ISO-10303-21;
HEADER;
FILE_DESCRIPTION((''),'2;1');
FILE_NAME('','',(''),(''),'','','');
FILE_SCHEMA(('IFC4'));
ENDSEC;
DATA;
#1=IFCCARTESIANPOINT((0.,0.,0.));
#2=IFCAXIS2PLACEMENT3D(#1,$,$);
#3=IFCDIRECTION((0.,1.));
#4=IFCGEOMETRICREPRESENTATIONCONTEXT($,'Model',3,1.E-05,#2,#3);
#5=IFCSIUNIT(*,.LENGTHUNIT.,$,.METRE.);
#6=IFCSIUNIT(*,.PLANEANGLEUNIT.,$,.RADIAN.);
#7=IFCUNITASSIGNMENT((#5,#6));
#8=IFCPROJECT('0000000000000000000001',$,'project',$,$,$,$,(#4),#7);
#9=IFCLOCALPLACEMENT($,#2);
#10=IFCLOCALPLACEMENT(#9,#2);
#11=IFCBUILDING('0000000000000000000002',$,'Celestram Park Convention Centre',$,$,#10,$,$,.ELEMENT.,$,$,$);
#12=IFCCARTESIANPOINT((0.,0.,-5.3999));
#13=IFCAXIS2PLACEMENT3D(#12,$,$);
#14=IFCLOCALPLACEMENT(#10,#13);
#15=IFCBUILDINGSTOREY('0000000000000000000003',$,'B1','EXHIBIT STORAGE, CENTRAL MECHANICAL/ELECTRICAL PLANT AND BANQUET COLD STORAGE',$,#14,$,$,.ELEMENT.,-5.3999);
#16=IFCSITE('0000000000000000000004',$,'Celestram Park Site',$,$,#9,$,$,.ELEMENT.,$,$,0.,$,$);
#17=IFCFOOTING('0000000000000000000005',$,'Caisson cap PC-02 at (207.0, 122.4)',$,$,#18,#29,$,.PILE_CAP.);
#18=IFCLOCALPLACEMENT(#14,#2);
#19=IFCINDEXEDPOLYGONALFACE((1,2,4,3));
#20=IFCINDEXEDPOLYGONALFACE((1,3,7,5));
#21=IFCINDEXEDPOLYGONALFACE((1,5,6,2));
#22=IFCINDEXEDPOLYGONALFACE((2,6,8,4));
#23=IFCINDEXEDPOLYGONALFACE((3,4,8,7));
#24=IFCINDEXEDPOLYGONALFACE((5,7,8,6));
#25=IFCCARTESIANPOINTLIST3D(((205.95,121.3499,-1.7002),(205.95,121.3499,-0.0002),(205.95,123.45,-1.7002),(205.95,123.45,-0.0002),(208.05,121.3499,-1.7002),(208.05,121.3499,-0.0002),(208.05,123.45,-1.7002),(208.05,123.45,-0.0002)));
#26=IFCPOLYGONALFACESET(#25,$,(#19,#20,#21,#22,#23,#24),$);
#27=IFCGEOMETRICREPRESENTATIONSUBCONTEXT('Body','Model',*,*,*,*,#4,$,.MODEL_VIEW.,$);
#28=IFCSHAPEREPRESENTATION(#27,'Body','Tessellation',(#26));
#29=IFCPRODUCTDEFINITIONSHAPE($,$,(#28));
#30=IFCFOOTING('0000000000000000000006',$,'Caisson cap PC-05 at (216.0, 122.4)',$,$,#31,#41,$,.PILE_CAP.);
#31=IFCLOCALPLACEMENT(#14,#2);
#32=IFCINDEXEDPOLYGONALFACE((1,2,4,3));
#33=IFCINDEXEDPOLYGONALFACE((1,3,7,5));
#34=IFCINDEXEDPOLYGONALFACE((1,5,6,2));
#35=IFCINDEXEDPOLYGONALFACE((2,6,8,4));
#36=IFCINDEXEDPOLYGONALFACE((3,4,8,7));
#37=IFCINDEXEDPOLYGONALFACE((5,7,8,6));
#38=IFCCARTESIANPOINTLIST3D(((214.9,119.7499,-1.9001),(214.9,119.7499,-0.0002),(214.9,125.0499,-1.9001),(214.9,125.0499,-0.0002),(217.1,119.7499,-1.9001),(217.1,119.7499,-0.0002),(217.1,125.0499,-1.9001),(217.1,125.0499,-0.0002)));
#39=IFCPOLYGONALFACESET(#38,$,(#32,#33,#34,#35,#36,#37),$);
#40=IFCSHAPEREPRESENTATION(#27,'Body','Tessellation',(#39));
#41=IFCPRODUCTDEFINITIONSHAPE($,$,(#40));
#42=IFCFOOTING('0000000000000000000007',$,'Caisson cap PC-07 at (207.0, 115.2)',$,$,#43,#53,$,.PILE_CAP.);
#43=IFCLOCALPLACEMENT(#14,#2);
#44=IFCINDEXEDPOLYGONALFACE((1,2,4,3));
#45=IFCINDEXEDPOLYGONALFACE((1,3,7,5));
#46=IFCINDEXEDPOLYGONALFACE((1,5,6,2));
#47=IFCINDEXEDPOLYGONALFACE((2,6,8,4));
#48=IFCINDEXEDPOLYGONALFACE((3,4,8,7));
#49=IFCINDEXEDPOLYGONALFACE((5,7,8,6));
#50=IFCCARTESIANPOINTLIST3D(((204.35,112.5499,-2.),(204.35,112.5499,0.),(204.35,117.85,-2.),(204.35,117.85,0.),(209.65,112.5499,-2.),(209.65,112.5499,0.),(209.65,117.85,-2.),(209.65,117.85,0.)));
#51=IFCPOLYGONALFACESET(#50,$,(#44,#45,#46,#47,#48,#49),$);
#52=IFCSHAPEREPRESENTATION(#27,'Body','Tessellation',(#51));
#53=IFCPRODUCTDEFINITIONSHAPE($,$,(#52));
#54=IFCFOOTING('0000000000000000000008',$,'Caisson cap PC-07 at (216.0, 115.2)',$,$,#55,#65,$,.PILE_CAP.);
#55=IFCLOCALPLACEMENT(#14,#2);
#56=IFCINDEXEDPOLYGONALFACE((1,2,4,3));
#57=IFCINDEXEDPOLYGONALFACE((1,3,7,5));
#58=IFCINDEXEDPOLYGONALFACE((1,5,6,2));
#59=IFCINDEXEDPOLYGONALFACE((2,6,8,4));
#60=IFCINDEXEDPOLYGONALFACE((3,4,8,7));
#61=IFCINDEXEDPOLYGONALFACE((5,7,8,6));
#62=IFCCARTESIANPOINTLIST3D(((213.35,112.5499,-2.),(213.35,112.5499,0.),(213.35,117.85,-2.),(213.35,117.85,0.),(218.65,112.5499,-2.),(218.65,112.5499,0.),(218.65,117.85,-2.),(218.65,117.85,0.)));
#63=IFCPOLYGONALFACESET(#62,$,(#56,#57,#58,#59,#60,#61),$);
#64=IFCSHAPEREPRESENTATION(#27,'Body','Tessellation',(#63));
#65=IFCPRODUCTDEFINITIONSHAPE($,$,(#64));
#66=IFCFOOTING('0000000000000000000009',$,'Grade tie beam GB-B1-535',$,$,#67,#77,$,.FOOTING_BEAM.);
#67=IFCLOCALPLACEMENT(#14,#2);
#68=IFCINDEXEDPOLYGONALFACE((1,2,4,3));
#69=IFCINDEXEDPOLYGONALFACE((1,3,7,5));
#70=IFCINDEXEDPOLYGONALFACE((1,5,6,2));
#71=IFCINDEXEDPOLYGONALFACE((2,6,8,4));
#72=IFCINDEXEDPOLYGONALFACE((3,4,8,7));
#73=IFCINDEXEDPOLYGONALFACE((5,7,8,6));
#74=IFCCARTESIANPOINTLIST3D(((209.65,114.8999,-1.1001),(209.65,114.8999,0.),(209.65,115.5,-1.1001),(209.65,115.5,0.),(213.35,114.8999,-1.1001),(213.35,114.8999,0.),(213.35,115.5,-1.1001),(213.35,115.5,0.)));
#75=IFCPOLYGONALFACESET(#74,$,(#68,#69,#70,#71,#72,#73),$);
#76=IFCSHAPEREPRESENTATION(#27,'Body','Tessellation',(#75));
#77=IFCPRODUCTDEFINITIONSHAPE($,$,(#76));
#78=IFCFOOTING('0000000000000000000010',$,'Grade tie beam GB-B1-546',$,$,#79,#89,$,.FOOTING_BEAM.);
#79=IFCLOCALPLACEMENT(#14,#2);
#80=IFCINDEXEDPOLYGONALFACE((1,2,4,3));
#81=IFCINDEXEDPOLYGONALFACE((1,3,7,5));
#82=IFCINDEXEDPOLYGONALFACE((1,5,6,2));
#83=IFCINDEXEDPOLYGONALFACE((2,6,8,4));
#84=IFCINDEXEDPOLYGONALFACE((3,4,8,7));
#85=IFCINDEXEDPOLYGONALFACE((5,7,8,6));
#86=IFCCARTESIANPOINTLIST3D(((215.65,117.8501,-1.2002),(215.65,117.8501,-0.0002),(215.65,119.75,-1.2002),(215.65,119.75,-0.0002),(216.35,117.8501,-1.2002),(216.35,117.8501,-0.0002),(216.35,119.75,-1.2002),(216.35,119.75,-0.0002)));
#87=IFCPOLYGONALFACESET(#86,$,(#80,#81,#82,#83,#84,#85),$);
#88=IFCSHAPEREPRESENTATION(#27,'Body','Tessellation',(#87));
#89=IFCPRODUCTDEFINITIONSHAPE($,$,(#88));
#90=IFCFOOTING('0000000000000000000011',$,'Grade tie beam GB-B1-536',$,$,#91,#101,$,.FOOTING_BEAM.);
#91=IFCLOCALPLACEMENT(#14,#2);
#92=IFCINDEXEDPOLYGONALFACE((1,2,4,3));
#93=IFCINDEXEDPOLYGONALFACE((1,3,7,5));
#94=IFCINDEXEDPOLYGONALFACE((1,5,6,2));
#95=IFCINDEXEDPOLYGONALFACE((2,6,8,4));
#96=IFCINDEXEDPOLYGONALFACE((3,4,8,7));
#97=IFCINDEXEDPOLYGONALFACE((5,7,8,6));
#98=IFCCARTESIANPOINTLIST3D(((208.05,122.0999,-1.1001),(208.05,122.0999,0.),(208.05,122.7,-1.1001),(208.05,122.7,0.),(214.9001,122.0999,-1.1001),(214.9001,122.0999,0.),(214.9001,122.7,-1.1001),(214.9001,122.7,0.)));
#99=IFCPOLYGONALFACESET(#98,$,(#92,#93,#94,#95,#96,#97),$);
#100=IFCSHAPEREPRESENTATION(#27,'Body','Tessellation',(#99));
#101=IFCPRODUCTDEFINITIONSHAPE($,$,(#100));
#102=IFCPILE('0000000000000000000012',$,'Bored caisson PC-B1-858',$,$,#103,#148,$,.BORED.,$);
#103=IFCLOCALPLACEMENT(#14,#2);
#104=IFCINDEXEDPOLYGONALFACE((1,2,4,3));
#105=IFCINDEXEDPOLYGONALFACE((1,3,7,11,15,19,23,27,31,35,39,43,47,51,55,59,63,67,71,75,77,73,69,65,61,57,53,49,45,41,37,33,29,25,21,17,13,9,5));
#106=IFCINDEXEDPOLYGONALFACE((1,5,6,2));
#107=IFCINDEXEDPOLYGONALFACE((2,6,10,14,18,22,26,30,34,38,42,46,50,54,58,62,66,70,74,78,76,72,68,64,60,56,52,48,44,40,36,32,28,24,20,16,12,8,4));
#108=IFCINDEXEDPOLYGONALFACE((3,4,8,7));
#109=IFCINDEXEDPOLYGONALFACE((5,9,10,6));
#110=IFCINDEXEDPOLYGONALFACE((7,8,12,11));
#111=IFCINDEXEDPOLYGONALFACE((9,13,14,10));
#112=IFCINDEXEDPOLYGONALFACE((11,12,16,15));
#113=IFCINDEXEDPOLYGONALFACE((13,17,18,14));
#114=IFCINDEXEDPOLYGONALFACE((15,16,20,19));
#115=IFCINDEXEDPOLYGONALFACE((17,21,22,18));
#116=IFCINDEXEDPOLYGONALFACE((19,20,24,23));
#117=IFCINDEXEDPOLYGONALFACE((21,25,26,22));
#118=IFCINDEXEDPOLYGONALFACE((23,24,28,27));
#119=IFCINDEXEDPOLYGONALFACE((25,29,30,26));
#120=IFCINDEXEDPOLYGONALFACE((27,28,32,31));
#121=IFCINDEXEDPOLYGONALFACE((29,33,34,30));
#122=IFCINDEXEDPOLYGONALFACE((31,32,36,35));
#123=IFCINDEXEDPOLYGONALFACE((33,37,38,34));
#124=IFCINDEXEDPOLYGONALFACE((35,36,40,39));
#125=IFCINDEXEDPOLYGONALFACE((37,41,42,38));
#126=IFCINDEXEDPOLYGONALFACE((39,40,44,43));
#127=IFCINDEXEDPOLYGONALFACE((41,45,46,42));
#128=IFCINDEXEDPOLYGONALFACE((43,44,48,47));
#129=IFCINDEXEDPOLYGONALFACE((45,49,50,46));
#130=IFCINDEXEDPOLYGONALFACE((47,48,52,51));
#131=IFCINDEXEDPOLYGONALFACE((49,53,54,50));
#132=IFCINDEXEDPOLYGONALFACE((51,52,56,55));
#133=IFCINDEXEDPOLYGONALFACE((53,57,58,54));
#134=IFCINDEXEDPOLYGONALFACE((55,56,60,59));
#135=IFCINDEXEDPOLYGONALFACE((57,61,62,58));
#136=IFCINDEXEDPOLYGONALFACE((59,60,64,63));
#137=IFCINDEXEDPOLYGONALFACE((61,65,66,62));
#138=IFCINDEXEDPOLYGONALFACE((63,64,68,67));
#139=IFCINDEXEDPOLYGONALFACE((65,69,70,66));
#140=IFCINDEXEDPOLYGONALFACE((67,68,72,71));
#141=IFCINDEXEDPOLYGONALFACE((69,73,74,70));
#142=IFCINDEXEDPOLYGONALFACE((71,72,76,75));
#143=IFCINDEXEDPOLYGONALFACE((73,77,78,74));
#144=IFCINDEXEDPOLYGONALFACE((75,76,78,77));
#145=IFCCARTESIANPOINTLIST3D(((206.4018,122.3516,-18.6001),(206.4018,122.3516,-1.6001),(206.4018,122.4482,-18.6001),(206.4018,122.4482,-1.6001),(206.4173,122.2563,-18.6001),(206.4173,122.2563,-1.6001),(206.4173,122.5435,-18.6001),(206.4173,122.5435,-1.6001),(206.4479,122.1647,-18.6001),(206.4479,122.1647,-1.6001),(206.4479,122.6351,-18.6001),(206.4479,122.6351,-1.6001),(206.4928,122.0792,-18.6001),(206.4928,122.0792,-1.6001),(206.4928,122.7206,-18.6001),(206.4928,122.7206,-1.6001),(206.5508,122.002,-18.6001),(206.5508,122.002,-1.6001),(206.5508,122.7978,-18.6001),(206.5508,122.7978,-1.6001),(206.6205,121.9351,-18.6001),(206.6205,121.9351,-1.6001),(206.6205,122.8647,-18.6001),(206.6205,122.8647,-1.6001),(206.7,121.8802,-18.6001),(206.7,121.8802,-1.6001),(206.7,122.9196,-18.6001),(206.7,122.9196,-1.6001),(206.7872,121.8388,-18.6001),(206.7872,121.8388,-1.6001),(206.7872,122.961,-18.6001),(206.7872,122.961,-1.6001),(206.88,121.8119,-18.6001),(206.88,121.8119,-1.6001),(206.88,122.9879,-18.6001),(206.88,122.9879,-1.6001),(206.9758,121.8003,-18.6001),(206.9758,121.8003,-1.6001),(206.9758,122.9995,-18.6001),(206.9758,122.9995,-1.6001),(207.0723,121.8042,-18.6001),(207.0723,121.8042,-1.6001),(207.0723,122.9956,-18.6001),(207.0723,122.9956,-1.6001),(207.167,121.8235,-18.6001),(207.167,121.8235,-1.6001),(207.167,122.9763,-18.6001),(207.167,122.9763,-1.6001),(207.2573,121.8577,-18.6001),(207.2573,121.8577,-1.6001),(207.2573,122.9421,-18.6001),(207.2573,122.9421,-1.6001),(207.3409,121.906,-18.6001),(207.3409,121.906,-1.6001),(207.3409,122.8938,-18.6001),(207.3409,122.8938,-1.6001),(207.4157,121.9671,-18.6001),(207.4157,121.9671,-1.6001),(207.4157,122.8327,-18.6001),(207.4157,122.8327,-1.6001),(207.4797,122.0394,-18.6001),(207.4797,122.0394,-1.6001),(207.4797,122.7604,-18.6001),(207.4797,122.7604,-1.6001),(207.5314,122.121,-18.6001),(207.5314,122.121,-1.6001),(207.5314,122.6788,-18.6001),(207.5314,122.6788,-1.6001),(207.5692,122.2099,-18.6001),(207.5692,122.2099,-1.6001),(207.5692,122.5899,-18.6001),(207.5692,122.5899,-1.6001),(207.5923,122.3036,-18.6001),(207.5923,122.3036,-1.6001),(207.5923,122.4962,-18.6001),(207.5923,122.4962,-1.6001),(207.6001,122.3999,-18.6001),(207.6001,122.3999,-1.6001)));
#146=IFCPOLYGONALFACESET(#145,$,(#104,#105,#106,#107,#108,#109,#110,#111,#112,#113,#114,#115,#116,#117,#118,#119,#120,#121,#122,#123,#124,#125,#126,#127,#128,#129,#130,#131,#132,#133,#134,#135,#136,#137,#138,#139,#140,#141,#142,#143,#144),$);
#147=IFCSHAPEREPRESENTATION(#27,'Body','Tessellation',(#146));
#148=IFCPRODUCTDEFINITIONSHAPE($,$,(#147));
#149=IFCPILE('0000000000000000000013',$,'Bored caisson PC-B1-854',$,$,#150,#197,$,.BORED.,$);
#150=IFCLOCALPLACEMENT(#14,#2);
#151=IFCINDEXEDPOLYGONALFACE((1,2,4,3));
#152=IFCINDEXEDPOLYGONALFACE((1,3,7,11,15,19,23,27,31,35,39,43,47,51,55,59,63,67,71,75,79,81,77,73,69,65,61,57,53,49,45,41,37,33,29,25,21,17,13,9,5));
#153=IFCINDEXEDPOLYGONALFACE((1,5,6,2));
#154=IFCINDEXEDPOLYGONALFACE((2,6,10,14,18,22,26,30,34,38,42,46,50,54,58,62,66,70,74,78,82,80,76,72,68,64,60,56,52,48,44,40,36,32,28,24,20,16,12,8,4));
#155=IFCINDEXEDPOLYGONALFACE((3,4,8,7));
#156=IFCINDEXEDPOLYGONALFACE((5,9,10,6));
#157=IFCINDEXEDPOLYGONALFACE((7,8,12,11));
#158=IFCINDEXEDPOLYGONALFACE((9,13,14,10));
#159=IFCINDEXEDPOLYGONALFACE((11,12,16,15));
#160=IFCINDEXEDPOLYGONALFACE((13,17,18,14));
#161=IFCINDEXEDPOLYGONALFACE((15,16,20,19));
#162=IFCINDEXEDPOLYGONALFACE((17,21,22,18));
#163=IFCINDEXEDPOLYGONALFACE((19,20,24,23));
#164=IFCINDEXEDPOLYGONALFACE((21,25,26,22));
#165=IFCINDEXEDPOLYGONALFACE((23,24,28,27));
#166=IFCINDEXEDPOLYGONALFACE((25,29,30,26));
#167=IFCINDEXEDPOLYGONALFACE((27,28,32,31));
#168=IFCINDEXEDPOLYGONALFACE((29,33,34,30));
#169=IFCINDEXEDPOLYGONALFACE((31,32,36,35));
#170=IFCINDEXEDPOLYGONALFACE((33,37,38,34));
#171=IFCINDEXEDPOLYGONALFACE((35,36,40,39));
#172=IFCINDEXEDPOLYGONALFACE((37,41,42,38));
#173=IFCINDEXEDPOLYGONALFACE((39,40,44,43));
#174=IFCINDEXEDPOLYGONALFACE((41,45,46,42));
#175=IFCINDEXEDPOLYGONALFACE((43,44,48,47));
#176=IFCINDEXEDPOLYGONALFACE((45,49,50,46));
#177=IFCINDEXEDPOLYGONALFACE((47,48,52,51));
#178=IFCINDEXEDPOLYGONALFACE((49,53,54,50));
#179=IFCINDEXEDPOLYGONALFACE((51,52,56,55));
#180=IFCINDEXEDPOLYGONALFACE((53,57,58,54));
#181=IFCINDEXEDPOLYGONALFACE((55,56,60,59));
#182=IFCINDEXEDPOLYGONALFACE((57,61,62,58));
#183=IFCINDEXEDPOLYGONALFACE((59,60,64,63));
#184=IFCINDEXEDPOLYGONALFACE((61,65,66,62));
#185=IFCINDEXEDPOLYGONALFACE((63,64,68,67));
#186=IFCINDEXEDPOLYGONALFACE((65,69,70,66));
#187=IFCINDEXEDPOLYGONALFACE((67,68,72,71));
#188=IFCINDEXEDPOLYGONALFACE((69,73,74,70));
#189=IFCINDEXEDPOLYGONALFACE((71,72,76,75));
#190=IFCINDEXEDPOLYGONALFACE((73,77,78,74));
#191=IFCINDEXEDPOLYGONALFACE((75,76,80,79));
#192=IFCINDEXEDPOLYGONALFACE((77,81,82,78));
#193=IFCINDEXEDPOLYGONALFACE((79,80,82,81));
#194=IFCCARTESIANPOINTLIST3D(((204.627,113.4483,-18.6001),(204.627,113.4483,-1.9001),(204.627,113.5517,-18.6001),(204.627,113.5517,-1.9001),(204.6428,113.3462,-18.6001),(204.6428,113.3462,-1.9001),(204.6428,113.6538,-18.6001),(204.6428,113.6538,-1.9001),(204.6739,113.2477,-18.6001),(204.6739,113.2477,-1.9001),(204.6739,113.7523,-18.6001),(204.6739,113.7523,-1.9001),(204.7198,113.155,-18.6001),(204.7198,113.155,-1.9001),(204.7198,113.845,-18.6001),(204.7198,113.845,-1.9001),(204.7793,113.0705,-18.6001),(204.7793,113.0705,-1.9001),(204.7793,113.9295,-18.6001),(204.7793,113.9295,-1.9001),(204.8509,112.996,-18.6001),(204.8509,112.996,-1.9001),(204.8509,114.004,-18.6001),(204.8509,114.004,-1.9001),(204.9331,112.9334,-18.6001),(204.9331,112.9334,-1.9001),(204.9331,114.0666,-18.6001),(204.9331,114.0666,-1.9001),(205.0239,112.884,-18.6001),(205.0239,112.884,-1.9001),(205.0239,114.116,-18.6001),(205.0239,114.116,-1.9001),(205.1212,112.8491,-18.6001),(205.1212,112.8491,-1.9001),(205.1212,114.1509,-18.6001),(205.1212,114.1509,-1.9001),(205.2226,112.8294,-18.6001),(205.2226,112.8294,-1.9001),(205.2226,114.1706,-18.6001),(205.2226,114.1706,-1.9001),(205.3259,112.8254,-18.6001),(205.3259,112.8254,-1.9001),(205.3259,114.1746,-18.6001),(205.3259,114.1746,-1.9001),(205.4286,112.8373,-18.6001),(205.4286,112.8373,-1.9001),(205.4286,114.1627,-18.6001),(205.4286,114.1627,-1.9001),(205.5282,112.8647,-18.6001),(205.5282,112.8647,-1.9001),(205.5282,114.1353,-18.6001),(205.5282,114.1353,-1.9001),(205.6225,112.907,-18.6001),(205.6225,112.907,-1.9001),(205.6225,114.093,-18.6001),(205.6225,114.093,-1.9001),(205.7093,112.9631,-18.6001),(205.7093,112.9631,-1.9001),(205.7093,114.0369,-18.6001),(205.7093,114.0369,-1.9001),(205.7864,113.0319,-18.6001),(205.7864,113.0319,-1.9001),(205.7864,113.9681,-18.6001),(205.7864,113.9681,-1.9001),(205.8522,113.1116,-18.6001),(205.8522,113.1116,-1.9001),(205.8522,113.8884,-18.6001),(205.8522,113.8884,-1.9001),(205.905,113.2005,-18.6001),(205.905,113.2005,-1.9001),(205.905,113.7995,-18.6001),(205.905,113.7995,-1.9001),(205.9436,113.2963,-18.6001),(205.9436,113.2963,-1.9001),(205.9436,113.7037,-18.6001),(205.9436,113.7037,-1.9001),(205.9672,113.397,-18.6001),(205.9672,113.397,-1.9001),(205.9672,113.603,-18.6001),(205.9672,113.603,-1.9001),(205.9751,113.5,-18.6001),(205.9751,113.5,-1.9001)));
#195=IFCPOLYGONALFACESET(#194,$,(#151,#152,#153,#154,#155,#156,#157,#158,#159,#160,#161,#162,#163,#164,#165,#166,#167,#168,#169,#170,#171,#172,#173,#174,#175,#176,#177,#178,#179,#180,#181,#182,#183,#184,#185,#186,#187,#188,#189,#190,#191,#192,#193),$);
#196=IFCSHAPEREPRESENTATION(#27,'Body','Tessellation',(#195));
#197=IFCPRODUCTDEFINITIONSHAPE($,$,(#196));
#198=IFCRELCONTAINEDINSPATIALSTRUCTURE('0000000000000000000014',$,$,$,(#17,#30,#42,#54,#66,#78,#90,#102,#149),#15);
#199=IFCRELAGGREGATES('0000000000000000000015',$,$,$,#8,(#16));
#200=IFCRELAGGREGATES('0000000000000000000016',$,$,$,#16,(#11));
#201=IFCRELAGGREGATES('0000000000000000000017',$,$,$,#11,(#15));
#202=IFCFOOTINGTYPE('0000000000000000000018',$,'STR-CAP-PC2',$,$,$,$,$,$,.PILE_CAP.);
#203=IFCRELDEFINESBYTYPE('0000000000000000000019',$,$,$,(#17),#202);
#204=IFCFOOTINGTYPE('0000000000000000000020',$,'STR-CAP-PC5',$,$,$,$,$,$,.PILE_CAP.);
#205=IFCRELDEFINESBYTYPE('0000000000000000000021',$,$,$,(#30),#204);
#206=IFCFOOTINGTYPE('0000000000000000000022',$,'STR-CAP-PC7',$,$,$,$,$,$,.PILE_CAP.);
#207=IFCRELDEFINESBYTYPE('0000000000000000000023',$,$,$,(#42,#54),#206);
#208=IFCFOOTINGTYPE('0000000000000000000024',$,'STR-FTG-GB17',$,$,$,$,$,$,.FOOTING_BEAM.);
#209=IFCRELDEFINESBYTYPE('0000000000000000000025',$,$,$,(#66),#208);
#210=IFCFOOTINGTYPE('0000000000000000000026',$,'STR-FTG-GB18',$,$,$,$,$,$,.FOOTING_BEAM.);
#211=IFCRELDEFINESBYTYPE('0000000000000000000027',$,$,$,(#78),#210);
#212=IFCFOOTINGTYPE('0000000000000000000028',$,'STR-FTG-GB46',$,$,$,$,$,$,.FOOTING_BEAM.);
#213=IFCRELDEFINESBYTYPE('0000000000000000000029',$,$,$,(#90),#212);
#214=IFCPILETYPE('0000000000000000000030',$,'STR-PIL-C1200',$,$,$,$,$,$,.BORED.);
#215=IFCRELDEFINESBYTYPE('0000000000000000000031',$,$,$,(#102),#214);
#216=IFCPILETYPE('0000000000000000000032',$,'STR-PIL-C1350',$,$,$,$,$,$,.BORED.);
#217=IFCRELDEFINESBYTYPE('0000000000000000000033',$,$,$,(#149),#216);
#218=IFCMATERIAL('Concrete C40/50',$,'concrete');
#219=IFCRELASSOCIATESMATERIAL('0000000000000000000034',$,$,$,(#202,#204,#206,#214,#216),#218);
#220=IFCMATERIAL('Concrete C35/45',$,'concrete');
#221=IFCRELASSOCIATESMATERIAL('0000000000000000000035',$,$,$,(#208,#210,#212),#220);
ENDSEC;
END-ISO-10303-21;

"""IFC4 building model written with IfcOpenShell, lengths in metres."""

from ifc_helpers import new_model, si_unit, direction, frame, origin, origin_2d, place, context, subcontext, project, spatial, rectangle, circle, extrude, material, material_profile, profile_set, type_object, element, save


model = new_model("IFC4")

# Units and contexts
model_context = context("Model", 3, precision=1e-05, world=origin(), true_north=direction((0.0, 1.0)))
body_context = subcontext(model_context, "Body", "Model", "MODEL_VIEW")
ifc_project = project(units=[si_unit("LENGTHUNIT", "METRE"), si_unit("PLANEANGLEUNIT", "RADIAN")], contexts=[model_context])

# Site, building, storey
site_placement = place(None, origin())
site = spatial("IfcSite", under=ifc_project, at=site_placement, Name="Celestram Park Site", CompositionType="ELEMENT", RefElevation=0.0)
building_placement = place(site_placement, origin())
building = spatial("IfcBuilding", under=site, at=building_placement, Name="Celestram Park Convention Centre", CompositionType="ELEMENT")
storey_placement = place(building_placement, frame((0.0, 0.0, -5.3999)))
storey = spatial("IfcBuildingStorey", under=building, at=storey_placement, Name="B1", Description="EXHIBIT STORAGE, CENTRAL MECHANICAL/ELECTRICAL PLANT AND BANQUET COLD STORAGE", CompositionType="ELEMENT", Elevation=-5.3999)

# Footings
ifc_material_1 = material(Name="Concrete C40/50", Category="concrete")
footing_type_1 = type_object("IfcFootingType", Name="STR-CAP-PC2", PredefinedType="PILE_CAP", material=ifc_material_1)
footing_1_placement = place(storey_placement, frame((207.0, 122.3999, -1.7002), z_axis=(0.0, 0.0, 1.0), x_axis=(1.0, 0.0, 0.0)))
element("IfcFooting", 1, at=footing_1_placement, inside=storey, type_object=footing_type_1, Name="Caisson cap PC-02 at (207.0, 122.4)", PredefinedType="PILE_CAP", context=body_context, shape_type="SweptSolid", body=[
    extrude(rectangle(XDim=2.1001, YDim=2.1001, at=origin_2d()), origin(), (0.0, 0.0, 1.0), 1.7),
])
footing_type_2 = type_object("IfcFootingType", Name="STR-CAP-PC5", PredefinedType="PILE_CAP", material=ifc_material_1)
footing_2_placement = place(storey_placement, frame((216.0, 122.3999, -1.9001), z_axis=(0.0, 0.0, 1.0), x_axis=(1.0, 0.0, 0.0)))
element("IfcFooting", 2, at=footing_2_placement, inside=storey, type_object=footing_type_2, Name="Caisson cap PC-05 at (216.0, 122.4)", PredefinedType="PILE_CAP", context=body_context, shape_type="SweptSolid", body=[
    extrude(rectangle(XDim=2.2, YDim=5.3, at=origin_2d()), origin(), (0.0, 0.0, 1.0), 1.8999),
])
footing_type_3 = type_object("IfcFootingType", Name="STR-CAP-PC7", PredefinedType="PILE_CAP", material=ifc_material_1)
for number, where, z_axis, x_axis, name in (
    (3, (207.0, 115.2, -2.0), (0.0, 0.0, 1.0), (1.0, 0.0, 0.0), "Caisson cap PC-07 at (207.0, 115.2)"),
    (4, (216.0, 115.2, -2.0), (0.0, 0.0, 1.0), (1.0, 0.0, 0.0), "Caisson cap PC-07 at (216.0, 115.2)"),
):
    element("IfcFooting", number, at=place(storey_placement, frame(where, z_axis=z_axis, x_axis=x_axis)), inside=storey, type_object=footing_type_3, Name=name, PredefinedType="PILE_CAP", context=body_context, shape_type="SweptSolid", body=[
        extrude(rectangle(XDim=5.3, YDim=5.3, at=origin_2d()), origin(), (0.0, 0.0, 1.0), 2.0),
    ])
ifc_material_2 = material(Name="Concrete C35/45", Category="concrete")
footing_type_4 = type_object("IfcFootingType", Name="STR-FTG-GB17", PredefinedType="FOOTING_BEAM", material=ifc_material_2)
footing_3_placement = place(storey_placement, frame((211.5, 115.2, -1.1001), z_axis=(0.0, 0.0, 1.0), x_axis=(1.0, 0.0, 0.0)))
element("IfcFooting", 5, at=footing_3_placement, inside=storey, type_object=footing_type_4, Name="Grade tie beam GB-B1-535", PredefinedType="FOOTING_BEAM", context=body_context, shape_type="SweptSolid", body=[
    extrude(rectangle(XDim=3.7, YDim=0.6001, at=origin_2d()), origin(), (0.0, 0.0, 1.0), 1.1001),
])
footing_type_5 = type_object("IfcFootingType", Name="STR-FTG-GB18", PredefinedType="FOOTING_BEAM", material=ifc_material_2)
footing_4_placement = place(storey_placement, frame((216.0, 118.8, -1.2002), z_axis=(0.0, 0.0, 1.0), x_axis=(0.0, 1.0, 0.0)))
element("IfcFooting", 6, at=footing_4_placement, inside=storey, type_object=footing_type_5, Name="Grade tie beam GB-B1-546", PredefinedType="FOOTING_BEAM", context=body_context, shape_type="SweptSolid", body=[
    extrude(rectangle(XDim=1.8999, YDim=0.7, at=origin_2d()), origin(), (0.0, 0.0, 1.0), 1.2),
])
footing_type_6 = type_object("IfcFootingType", Name="STR-FTG-GB46", PredefinedType="FOOTING_BEAM", material=ifc_material_2)
footing_5_placement = place(storey_placement, frame((211.4751, 122.3999, -1.1001), z_axis=(0.0, 0.0, 1.0), x_axis=(1.0, 0.0, 0.0)))
element("IfcFooting", 7, at=footing_5_placement, inside=storey, type_object=footing_type_6, Name="Grade tie beam GB-B1-536", PredefinedType="FOOTING_BEAM", context=body_context, shape_type="SweptSolid", body=[
    extrude(rectangle(XDim=6.8501, YDim=0.6001, at=origin_2d()), origin(), (0.0, 0.0, 1.0), 1.1001),
])

# Piles
ifc_material_profile_1 = material_profile(ifc_material_1, circle(Radius=0.6001, at=origin_2d()), Name="CAISSON1200")
ifc_profile_set_1 = profile_set([ifc_material_profile_1], Name="Concrete C40/50")
pile_type_1 = type_object("IfcPileType", Name="STR-PIL-C1200", PredefinedType="BORED", material=ifc_profile_set_1)
pile_1_placement = place(storey_placement, frame((207.0, 122.3999, -1.6001), z_axis=(0.0, 0.0, -1.0), x_axis=(1.0, 0.0, 0.0)))
element("IfcPile", 8, at=pile_1_placement, inside=storey, type_object=pile_type_1, Name="Bored caisson PC-B1-858", PredefinedType="BORED", context=body_context, shape_type="SweptSolid", body=[
    extrude(circle(Radius=0.6001, at=origin_2d()), origin(), (0.0, 0.0, 1.0), 17.0),
])
ifc_material_profile_2 = material_profile(ifc_material_1, circle(Radius=0.675, at=origin_2d()), Name="CAISSON1350")
ifc_profile_set_2 = profile_set([ifc_material_profile_2], Name="Concrete C40/50")
pile_type_2 = type_object("IfcPileType", Name="STR-PIL-C1350", PredefinedType="BORED", material=ifc_profile_set_2)
for number, where, z_axis, x_axis, name in (
    (9, (205.3, 113.5, -1.9001), (0.0, 0.0, -1.0), (1.0, 0.0, 0.0), "Bored caisson PC-B1-854"),
):
    element("IfcPile", number, at=place(storey_placement, frame(where, z_axis=z_axis, x_axis=x_axis)), inside=storey, type_object=pile_type_2, Name=name, PredefinedType="BORED", context=body_context, shape_type="SweptSolid", body=[
        extrude(circle(Radius=0.675, at=origin_2d()), origin(), (0.0, 0.0, 1.0), 16.7),
    ])

save(model, "model.ifc")
